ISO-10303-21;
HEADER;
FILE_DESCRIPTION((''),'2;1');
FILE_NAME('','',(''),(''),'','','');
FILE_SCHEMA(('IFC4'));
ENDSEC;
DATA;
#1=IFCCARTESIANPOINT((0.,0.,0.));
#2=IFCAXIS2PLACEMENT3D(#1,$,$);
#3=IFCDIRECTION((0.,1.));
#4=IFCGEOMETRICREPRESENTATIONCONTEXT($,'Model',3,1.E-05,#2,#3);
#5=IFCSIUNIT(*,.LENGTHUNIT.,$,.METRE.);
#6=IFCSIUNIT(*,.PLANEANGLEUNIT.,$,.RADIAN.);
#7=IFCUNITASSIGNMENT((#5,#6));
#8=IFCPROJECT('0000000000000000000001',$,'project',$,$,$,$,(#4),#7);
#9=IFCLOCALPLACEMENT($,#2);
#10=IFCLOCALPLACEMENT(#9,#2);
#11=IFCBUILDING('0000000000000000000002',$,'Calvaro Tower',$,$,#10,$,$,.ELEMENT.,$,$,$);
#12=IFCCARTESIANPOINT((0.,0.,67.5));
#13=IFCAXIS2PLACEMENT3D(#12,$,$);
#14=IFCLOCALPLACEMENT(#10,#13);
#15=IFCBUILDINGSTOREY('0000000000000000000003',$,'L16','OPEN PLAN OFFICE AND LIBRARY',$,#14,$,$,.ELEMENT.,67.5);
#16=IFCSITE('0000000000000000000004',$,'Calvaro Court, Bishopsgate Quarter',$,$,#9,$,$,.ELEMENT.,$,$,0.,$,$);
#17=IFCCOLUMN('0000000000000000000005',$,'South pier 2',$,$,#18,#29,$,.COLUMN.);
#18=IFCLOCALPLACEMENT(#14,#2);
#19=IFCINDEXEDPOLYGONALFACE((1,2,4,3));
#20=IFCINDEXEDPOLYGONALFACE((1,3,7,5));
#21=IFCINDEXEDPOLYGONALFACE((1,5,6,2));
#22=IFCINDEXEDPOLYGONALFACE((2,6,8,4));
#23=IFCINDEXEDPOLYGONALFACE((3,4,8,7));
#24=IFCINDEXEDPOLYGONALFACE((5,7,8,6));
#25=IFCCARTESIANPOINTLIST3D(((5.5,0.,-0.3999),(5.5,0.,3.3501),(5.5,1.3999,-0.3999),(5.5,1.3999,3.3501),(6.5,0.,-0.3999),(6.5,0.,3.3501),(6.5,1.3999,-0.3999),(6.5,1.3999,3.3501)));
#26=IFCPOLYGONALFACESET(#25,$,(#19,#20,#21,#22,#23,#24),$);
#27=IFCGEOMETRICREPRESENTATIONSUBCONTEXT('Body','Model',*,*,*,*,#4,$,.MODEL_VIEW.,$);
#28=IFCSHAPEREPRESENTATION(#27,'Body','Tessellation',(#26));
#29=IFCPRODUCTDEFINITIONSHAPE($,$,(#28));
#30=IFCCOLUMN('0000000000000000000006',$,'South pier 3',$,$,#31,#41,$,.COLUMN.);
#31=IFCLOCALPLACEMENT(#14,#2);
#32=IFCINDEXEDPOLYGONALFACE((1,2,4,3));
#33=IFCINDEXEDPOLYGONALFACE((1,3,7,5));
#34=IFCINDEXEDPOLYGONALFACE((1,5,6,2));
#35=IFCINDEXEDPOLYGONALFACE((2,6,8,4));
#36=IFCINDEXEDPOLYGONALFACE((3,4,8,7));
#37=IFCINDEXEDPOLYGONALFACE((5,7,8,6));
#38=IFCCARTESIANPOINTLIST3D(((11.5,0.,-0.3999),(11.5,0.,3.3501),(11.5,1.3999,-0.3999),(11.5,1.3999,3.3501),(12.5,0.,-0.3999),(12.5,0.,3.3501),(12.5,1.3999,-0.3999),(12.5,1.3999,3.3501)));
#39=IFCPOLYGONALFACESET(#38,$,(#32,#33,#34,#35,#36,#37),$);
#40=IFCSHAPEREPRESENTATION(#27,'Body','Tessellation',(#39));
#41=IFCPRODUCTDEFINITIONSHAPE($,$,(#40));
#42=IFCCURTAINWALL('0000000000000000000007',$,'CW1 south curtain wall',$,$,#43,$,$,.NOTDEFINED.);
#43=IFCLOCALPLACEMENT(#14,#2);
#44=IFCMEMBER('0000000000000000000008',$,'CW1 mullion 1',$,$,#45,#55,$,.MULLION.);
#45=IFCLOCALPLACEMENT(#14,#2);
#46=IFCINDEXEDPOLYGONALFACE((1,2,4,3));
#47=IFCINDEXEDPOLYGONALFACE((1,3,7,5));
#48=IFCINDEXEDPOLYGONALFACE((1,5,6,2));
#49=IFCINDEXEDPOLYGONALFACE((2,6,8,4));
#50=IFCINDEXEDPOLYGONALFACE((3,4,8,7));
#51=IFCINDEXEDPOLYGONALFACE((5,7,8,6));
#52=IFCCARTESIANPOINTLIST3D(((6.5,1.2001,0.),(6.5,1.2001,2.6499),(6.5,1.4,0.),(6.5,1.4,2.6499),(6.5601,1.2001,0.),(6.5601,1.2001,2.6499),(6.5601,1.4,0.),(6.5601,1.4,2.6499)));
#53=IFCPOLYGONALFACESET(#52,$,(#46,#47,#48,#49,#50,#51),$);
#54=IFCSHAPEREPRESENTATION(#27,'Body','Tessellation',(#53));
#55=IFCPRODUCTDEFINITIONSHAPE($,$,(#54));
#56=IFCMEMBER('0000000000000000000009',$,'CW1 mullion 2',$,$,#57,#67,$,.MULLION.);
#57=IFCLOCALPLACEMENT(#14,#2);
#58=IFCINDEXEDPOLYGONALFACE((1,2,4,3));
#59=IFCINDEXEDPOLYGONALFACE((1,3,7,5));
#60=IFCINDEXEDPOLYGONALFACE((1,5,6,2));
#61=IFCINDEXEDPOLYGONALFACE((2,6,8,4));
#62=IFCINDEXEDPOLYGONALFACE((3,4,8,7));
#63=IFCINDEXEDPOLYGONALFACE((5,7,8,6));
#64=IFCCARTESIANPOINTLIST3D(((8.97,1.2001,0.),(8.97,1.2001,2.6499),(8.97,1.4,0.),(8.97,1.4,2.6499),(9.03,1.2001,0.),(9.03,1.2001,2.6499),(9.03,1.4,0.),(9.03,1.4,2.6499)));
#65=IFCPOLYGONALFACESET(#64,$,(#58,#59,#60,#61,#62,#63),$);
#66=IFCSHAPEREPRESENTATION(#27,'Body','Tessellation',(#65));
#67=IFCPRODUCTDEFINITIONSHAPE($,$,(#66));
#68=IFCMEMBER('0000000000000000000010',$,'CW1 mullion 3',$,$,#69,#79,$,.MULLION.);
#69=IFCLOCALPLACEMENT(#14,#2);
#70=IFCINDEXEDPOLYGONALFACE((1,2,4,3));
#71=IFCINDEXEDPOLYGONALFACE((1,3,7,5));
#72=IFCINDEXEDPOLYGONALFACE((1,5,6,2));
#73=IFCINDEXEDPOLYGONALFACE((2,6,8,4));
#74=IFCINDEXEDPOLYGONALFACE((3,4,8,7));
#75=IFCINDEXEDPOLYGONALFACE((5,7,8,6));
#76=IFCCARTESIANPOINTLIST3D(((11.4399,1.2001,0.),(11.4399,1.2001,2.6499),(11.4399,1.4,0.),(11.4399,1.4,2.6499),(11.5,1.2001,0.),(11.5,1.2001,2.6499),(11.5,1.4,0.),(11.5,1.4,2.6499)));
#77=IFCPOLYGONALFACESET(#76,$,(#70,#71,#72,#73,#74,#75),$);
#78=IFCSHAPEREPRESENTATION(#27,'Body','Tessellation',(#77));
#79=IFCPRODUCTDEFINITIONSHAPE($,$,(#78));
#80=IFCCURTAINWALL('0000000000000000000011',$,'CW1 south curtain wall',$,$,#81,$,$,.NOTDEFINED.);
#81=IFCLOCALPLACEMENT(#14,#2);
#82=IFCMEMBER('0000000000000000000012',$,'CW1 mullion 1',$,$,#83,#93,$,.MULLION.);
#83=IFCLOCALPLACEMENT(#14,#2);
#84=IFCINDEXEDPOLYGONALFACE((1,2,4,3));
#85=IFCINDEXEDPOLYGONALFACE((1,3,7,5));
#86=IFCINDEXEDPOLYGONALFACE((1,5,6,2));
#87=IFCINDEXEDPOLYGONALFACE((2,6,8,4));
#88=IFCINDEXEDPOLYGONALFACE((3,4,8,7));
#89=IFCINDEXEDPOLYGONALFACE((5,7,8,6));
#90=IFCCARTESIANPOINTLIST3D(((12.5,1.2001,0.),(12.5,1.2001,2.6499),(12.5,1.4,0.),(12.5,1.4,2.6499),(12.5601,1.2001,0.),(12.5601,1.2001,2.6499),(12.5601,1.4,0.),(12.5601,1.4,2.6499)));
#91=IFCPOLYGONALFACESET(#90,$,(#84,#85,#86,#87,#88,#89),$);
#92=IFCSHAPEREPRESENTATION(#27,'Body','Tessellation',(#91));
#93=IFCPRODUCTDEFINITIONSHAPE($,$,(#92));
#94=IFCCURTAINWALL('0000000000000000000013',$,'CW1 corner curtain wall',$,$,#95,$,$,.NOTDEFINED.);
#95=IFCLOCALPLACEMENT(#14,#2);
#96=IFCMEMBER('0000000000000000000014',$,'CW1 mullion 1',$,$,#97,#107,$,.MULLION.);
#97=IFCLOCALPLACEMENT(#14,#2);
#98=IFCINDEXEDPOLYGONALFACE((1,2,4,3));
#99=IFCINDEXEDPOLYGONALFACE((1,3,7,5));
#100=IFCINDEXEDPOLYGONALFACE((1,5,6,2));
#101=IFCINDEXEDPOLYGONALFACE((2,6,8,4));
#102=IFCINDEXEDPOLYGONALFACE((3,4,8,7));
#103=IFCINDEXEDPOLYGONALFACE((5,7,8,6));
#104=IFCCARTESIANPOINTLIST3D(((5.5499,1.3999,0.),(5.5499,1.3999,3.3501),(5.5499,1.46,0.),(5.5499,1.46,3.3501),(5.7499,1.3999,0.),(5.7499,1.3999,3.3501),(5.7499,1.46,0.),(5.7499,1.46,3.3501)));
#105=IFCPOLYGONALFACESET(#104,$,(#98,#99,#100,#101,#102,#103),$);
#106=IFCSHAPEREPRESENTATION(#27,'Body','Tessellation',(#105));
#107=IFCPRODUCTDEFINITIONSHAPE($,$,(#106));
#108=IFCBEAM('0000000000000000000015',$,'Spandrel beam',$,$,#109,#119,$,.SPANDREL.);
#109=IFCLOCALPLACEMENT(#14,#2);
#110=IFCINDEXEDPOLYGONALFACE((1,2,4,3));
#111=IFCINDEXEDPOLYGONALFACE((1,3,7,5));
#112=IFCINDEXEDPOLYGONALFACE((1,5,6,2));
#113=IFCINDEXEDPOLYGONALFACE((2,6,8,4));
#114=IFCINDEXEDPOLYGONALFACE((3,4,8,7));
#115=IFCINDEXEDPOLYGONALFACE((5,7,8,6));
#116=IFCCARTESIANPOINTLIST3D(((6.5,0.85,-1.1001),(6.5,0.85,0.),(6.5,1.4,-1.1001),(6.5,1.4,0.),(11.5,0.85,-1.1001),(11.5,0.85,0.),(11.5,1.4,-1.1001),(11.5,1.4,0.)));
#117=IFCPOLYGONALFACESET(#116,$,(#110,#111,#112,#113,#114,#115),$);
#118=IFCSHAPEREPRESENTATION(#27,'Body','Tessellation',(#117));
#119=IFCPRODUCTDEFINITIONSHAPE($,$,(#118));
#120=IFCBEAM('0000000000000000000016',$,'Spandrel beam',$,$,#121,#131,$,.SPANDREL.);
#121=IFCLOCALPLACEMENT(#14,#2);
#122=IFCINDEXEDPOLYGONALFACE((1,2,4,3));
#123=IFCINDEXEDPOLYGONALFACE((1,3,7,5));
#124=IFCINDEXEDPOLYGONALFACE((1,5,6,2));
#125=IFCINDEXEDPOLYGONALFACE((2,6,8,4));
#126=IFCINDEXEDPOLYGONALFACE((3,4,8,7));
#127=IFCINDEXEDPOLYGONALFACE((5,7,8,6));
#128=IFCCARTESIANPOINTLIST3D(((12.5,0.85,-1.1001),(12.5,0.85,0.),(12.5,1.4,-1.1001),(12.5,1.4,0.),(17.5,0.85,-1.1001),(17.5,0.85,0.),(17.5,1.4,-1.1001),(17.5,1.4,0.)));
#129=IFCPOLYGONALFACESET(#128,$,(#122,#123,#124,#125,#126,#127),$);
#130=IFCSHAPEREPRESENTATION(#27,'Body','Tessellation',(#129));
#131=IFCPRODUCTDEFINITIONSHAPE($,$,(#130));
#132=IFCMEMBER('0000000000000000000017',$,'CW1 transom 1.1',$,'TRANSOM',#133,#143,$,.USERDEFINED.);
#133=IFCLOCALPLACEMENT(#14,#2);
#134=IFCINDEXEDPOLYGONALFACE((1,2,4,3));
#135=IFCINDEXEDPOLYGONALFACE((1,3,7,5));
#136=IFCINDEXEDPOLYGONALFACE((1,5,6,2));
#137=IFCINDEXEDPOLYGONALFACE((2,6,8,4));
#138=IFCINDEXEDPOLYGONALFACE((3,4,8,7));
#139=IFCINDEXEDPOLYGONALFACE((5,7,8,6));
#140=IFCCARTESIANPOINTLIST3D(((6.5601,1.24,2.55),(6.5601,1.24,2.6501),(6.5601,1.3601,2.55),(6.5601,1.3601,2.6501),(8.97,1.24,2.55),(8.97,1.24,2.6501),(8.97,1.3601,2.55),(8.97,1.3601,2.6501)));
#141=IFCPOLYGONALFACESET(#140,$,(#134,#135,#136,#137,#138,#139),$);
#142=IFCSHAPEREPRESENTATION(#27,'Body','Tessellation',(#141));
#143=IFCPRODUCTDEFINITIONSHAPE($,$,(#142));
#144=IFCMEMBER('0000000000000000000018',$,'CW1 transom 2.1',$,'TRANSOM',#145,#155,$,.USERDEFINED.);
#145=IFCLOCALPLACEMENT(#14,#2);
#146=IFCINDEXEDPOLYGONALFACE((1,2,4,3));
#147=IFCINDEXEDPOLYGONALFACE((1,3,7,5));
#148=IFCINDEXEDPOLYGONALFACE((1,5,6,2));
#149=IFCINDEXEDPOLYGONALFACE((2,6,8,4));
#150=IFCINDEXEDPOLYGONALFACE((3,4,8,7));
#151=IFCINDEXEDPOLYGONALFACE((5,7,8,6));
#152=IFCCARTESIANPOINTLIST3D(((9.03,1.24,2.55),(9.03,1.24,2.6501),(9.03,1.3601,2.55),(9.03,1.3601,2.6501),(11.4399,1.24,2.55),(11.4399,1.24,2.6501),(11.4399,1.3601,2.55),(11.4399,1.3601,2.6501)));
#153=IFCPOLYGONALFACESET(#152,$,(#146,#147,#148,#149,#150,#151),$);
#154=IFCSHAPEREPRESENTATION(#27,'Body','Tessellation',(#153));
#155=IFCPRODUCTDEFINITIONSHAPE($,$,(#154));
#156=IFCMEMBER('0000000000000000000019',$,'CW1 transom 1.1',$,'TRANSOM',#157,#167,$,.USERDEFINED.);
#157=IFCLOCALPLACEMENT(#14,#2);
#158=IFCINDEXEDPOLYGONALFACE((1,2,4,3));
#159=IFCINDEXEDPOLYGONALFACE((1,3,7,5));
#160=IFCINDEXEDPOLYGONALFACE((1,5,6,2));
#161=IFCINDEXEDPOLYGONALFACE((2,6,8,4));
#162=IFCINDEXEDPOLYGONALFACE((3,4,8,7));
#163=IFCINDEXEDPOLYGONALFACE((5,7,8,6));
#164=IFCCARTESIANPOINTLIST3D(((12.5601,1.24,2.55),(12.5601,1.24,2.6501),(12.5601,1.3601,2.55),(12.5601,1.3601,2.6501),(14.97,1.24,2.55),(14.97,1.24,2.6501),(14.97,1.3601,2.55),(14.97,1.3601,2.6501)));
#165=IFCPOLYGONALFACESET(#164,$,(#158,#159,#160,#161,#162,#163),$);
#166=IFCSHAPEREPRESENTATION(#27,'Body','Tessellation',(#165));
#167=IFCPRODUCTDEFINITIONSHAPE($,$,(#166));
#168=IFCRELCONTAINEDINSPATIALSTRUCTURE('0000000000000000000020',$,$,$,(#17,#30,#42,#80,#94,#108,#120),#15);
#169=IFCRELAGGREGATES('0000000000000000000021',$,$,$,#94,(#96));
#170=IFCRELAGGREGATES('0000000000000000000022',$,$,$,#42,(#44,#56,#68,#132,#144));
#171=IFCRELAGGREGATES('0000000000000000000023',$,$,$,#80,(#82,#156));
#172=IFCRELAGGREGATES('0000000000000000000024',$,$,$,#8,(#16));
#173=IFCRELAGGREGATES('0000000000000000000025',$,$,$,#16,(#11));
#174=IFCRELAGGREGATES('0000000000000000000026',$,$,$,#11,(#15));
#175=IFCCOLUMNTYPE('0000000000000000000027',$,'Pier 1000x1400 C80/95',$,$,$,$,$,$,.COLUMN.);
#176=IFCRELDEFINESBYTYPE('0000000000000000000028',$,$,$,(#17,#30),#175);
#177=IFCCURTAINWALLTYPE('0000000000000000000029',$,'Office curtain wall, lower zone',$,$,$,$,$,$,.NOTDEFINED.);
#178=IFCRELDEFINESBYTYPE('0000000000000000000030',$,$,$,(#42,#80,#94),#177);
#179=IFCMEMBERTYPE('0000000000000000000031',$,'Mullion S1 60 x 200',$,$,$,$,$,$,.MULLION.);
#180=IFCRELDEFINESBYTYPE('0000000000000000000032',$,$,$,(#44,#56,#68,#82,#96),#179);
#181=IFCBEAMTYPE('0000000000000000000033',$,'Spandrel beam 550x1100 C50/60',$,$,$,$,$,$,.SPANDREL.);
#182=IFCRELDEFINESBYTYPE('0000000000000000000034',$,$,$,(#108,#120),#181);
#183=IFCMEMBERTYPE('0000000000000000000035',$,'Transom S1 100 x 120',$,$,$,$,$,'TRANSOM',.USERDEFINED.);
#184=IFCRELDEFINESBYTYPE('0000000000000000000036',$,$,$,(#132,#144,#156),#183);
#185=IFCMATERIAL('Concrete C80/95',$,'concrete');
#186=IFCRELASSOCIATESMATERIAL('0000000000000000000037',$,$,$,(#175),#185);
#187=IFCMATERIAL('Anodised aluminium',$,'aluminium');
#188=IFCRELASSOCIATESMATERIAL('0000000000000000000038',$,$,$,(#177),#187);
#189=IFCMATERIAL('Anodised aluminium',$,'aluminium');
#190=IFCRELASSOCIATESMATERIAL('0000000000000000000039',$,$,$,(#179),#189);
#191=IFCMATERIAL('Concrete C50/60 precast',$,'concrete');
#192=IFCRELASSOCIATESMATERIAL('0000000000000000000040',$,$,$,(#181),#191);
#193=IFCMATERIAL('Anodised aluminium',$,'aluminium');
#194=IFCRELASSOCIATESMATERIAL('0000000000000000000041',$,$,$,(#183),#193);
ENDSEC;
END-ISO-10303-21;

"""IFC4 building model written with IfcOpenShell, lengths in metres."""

from ifc_helpers import new_model, si_unit, direction, frame, origin, origin_2d, place, context, subcontext, project, spatial, rectangle, extrude, material, material_profile, profile_set, type_object, element, aggregate, save


model = new_model("IFC4")

# Units and contexts
model_context = context("Model", 3, precision=1e-05, world=origin(), true_north=direction((0.0, 1.0)))
body_context = subcontext(model_context, "Body", "Model", "MODEL_VIEW")
ifc_project = project(units=[si_unit("LENGTHUNIT", "METRE"), si_unit("PLANEANGLEUNIT", "RADIAN")], contexts=[model_context])

# Site, building, storey
site_placement = place(None, origin())
site = spatial("IfcSite", under=ifc_project, at=site_placement, Name="Calvaro Court, Bishopsgate Quarter", CompositionType="ELEMENT", RefElevation=0.0)
building_placement = place(site_placement, origin())
building = spatial("IfcBuilding", under=site, at=building_placement, Name="Calvaro Tower", CompositionType="ELEMENT")
storey_placement = place(building_placement, frame((0.0, 0.0, 67.5)))
storey = spatial("IfcBuildingStorey", under=building, at=storey_placement, Name="L16", Description="OPEN PLAN OFFICE AND LIBRARY", CompositionType="ELEMENT", Elevation=67.5)

# Columns
ifc_material_1 = material(Name="Concrete C80/95", Category="concrete")
ifc_material_profile_1 = material_profile(ifc_material_1, rectangle(XDim=1.0, YDim=1.3999, at=origin_2d()), Name="RC 1000x1400")
ifc_profile_set_1 = profile_set([ifc_material_profile_1], Name="Concrete C80/95")
column_type = type_object("IfcColumnType", Name="Pier 1000x1400 C80/95", PredefinedType="COLUMN", material=ifc_profile_set_1)
for number, where, z_axis, x_axis, name in (
    (1, (6.0, 0.7, -0.3999), (0.0, 0.0, 1.0), (1.0, 0.0, 0.0), "South pier 2"),
    (2, (12.0, 0.7, -0.3999), (0.0, 0.0, 1.0), (1.0, 0.0, 0.0), "South pier 3"),
):
    element("IfcColumn", number, at=place(storey_placement, frame(where, z_axis=z_axis, x_axis=x_axis)), inside=storey, type_object=column_type, Name=name, PredefinedType="COLUMN", context=body_context, shape_type="SweptSolid", body=[
        extrude(rectangle(XDim=1.0, YDim=1.3999, at=origin_2d()), origin(), (0.0, 0.0, 1.0), 3.75),
    ])

# Curtain wall, members
ifc_material_2 = material(Name="Anodised aluminium", Category="aluminium")
curtain_wall_type = type_object("IfcCurtainWallType", Name="Office curtain wall, lower zone", PredefinedType="NOTDEFINED", material=ifc_material_2)
curtain_wall_1_placement = place(storey_placement, origin())
curtain_wall_1 = element("IfcCurtainWall", 3, at=curtain_wall_1_placement, inside=storey, type_object=curtain_wall_type, Name="CW1 south curtain wall", PredefinedType="NOTDEFINED")
ifc_material_3 = material(Name="Anodised aluminium", Category="aluminium")
ifc_material_profile_2 = material_profile(ifc_material_3, rectangle(XDim=0.2, YDim=0.0601, at=origin_2d()), Name="Mullion S1 60 x 200")
ifc_profile_set_2 = profile_set([ifc_material_profile_2], Name="Anodised aluminium")
member_type_1 = type_object("IfcMemberType", Name="Mullion S1 60 x 200", PredefinedType="MULLION", material=ifc_profile_set_2)
member_1_placement = place(storey_placement, frame((6.53, 1.3, 0.0), z_axis=(0.0, 0.0, 1.0), x_axis=(0.0, 1.0, 0.0)))
member_1 = element("IfcMember", 4, at=member_1_placement, type_object=member_type_1, Name="CW1 mullion 1", PredefinedType="MULLION", context=body_context, shape_type="SweptSolid", body=[
    extrude(rectangle(XDim=0.2, YDim=0.0601, at=origin_2d()), origin(), (0.0, 0.0, 1.0), 2.6499),
])
member_2_placement = place(storey_placement, frame((9.0, 1.3, 0.0), z_axis=(0.0, 0.0, 1.0), x_axis=(0.0, 1.0, 0.0)))
member_2 = element("IfcMember", 5, at=member_2_placement, type_object=member_type_1, Name="CW1 mullion 2", PredefinedType="MULLION", context=body_context, shape_type="SweptSolid", body=[
    extrude(rectangle(XDim=0.2, YDim=0.0601, at=origin_2d()), origin(), (0.0, 0.0, 1.0), 2.6499),
])
member_3_placement = place(storey_placement, frame((11.47, 1.3, 0.0), z_axis=(0.0, 0.0, 1.0), x_axis=(0.0, 1.0, 0.0)))
member_3 = element("IfcMember", 6, at=member_3_placement, type_object=member_type_1, Name="CW1 mullion 3", PredefinedType="MULLION", context=body_context, shape_type="SweptSolid", body=[
    extrude(rectangle(XDim=0.2, YDim=0.0601, at=origin_2d()), origin(), (0.0, 0.0, 1.0), 2.6499),
])

# Curtain walls, members
curtain_wall_2_placement = place(storey_placement, origin())
curtain_wall_2 = element("IfcCurtainWall", 7, at=curtain_wall_2_placement, inside=storey, type_object=curtain_wall_type, Name="CW1 south curtain wall", PredefinedType="NOTDEFINED")
member_4_placement = place(storey_placement, frame((12.53, 1.3, 0.0), z_axis=(0.0, 0.0, 1.0), x_axis=(0.0, 1.0, 0.0)))
member_4 = element("IfcMember", 8, at=member_4_placement, type_object=member_type_1, Name="CW1 mullion 1", PredefinedType="MULLION", context=body_context, shape_type="SweptSolid", body=[
    extrude(rectangle(XDim=0.2, YDim=0.0601, at=origin_2d()), origin(), (0.0, 0.0, 1.0), 2.6499),
])
curtain_wall_3_placement = place(storey_placement, origin())
curtain_wall_3 = element("IfcCurtainWall", 9, at=curtain_wall_3_placement, inside=storey, type_object=curtain_wall_type, Name="CW1 corner curtain wall", PredefinedType="NOTDEFINED")
member_5_placement = place(storey_placement, frame((5.6499, 1.4299, 0.0), z_axis=(0.0, 0.0, 1.0), x_axis=(-1.0, 0.0, 0.0)))
member_5 = element("IfcMember", 10, at=member_5_placement, type_object=member_type_1, Name="CW1 mullion 1", PredefinedType="MULLION", context=body_context, shape_type="SweptSolid", body=[
    extrude(rectangle(XDim=0.2, YDim=0.0601, at=origin_2d()), origin(), (0.0, 0.0, 1.0), 3.3501),
])
aggregate(curtain_wall_3, [member_5])

# Beams
ifc_material_4 = material(Name="Concrete C50/60 precast", Category="concrete")
ifc_material_profile_3 = material_profile(ifc_material_4, rectangle(XDim=0.55, YDim=1.1001, at=origin_2d()), Name="RC 550x1100")
ifc_profile_set_3 = profile_set([ifc_material_profile_3], Name="Concrete C50/60 precast")
beam_type = type_object("IfcBeamType", Name="Spandrel beam 550x1100 C50/60", PredefinedType="SPANDREL", material=ifc_profile_set_3)
for number, where, z_axis, x_axis, name in (
    (11, (6.5, 1.125, -0.55), (1.0, 0.0, 0.0), (0.0, 1.0, 0.0), "Spandrel beam"),
    (12, (12.5, 1.125, -0.55), (1.0, 0.0, 0.0), (0.0, 1.0, 0.0), "Spandrel beam"),
):
    element("IfcBeam", number, at=place(storey_placement, frame(where, z_axis=z_axis, x_axis=x_axis)), inside=storey, type_object=beam_type, Name=name, PredefinedType="SPANDREL", context=body_context, shape_type="SweptSolid", body=[
        extrude(rectangle(XDim=0.55, YDim=1.1001, at=origin_2d()), origin(), (0.0, 0.0, 1.0), 5.0),
    ])

# Members
ifc_material_5 = material(Name="Anodised aluminium", Category="aluminium")
ifc_material_profile_4 = material_profile(ifc_material_5, rectangle(XDim=0.1201, YDim=0.1001, at=origin_2d()), Name="Transom S1 100 x 120")
ifc_profile_set_4 = profile_set([ifc_material_profile_4], Name="Anodised aluminium")
member_type_2 = type_object("IfcMemberType", Name="Transom S1 100 x 120", ElementType="TRANSOM", PredefinedType="USERDEFINED", material=ifc_profile_set_4)
member_6_placement = place(storey_placement, frame((6.5601, 1.3, 2.6001), z_axis=(1.0, 0.0, 0.0), x_axis=(0.0, 1.0, 0.0)))
member_6 = element("IfcMember", 13, at=member_6_placement, type_object=member_type_2, Name="CW1 transom 1.1", ObjectType="TRANSOM", PredefinedType="USERDEFINED", context=body_context, shape_type="SweptSolid", body=[
    extrude(rectangle(XDim=0.1201, YDim=0.1001, at=origin_2d()), origin(), (0.0, 0.0, 1.0), 2.4099),
])
member_7_placement = place(storey_placement, frame((9.03, 1.3, 2.6001), z_axis=(1.0, 0.0, 0.0), x_axis=(0.0, 1.0, 0.0)))
member_7 = element("IfcMember", 14, at=member_7_placement, type_object=member_type_2, Name="CW1 transom 2.1", ObjectType="TRANSOM", PredefinedType="USERDEFINED", context=body_context, shape_type="SweptSolid", body=[
    extrude(rectangle(XDim=0.1201, YDim=0.1001, at=origin_2d()), origin(), (0.0, 0.0, 1.0), 2.4099),
])
member_8_placement = place(storey_placement, frame((12.5601, 1.3, 2.6001), z_axis=(1.0, 0.0, 0.0), x_axis=(0.0, 1.0, 0.0)))
member_8 = element("IfcMember", 15, at=member_8_placement, type_object=member_type_2, Name="CW1 transom 1.1", ObjectType="TRANSOM", PredefinedType="USERDEFINED", context=body_context, shape_type="SweptSolid", body=[
    extrude(rectangle(XDim=0.1201, YDim=0.1001, at=origin_2d()), origin(), (0.0, 0.0, 1.0), 2.4099),
])

aggregate(curtain_wall_1, [member_1, member_2, member_3, member_6, member_7])
aggregate(curtain_wall_2, [member_4, member_8])

save(model, "model.ifc")
